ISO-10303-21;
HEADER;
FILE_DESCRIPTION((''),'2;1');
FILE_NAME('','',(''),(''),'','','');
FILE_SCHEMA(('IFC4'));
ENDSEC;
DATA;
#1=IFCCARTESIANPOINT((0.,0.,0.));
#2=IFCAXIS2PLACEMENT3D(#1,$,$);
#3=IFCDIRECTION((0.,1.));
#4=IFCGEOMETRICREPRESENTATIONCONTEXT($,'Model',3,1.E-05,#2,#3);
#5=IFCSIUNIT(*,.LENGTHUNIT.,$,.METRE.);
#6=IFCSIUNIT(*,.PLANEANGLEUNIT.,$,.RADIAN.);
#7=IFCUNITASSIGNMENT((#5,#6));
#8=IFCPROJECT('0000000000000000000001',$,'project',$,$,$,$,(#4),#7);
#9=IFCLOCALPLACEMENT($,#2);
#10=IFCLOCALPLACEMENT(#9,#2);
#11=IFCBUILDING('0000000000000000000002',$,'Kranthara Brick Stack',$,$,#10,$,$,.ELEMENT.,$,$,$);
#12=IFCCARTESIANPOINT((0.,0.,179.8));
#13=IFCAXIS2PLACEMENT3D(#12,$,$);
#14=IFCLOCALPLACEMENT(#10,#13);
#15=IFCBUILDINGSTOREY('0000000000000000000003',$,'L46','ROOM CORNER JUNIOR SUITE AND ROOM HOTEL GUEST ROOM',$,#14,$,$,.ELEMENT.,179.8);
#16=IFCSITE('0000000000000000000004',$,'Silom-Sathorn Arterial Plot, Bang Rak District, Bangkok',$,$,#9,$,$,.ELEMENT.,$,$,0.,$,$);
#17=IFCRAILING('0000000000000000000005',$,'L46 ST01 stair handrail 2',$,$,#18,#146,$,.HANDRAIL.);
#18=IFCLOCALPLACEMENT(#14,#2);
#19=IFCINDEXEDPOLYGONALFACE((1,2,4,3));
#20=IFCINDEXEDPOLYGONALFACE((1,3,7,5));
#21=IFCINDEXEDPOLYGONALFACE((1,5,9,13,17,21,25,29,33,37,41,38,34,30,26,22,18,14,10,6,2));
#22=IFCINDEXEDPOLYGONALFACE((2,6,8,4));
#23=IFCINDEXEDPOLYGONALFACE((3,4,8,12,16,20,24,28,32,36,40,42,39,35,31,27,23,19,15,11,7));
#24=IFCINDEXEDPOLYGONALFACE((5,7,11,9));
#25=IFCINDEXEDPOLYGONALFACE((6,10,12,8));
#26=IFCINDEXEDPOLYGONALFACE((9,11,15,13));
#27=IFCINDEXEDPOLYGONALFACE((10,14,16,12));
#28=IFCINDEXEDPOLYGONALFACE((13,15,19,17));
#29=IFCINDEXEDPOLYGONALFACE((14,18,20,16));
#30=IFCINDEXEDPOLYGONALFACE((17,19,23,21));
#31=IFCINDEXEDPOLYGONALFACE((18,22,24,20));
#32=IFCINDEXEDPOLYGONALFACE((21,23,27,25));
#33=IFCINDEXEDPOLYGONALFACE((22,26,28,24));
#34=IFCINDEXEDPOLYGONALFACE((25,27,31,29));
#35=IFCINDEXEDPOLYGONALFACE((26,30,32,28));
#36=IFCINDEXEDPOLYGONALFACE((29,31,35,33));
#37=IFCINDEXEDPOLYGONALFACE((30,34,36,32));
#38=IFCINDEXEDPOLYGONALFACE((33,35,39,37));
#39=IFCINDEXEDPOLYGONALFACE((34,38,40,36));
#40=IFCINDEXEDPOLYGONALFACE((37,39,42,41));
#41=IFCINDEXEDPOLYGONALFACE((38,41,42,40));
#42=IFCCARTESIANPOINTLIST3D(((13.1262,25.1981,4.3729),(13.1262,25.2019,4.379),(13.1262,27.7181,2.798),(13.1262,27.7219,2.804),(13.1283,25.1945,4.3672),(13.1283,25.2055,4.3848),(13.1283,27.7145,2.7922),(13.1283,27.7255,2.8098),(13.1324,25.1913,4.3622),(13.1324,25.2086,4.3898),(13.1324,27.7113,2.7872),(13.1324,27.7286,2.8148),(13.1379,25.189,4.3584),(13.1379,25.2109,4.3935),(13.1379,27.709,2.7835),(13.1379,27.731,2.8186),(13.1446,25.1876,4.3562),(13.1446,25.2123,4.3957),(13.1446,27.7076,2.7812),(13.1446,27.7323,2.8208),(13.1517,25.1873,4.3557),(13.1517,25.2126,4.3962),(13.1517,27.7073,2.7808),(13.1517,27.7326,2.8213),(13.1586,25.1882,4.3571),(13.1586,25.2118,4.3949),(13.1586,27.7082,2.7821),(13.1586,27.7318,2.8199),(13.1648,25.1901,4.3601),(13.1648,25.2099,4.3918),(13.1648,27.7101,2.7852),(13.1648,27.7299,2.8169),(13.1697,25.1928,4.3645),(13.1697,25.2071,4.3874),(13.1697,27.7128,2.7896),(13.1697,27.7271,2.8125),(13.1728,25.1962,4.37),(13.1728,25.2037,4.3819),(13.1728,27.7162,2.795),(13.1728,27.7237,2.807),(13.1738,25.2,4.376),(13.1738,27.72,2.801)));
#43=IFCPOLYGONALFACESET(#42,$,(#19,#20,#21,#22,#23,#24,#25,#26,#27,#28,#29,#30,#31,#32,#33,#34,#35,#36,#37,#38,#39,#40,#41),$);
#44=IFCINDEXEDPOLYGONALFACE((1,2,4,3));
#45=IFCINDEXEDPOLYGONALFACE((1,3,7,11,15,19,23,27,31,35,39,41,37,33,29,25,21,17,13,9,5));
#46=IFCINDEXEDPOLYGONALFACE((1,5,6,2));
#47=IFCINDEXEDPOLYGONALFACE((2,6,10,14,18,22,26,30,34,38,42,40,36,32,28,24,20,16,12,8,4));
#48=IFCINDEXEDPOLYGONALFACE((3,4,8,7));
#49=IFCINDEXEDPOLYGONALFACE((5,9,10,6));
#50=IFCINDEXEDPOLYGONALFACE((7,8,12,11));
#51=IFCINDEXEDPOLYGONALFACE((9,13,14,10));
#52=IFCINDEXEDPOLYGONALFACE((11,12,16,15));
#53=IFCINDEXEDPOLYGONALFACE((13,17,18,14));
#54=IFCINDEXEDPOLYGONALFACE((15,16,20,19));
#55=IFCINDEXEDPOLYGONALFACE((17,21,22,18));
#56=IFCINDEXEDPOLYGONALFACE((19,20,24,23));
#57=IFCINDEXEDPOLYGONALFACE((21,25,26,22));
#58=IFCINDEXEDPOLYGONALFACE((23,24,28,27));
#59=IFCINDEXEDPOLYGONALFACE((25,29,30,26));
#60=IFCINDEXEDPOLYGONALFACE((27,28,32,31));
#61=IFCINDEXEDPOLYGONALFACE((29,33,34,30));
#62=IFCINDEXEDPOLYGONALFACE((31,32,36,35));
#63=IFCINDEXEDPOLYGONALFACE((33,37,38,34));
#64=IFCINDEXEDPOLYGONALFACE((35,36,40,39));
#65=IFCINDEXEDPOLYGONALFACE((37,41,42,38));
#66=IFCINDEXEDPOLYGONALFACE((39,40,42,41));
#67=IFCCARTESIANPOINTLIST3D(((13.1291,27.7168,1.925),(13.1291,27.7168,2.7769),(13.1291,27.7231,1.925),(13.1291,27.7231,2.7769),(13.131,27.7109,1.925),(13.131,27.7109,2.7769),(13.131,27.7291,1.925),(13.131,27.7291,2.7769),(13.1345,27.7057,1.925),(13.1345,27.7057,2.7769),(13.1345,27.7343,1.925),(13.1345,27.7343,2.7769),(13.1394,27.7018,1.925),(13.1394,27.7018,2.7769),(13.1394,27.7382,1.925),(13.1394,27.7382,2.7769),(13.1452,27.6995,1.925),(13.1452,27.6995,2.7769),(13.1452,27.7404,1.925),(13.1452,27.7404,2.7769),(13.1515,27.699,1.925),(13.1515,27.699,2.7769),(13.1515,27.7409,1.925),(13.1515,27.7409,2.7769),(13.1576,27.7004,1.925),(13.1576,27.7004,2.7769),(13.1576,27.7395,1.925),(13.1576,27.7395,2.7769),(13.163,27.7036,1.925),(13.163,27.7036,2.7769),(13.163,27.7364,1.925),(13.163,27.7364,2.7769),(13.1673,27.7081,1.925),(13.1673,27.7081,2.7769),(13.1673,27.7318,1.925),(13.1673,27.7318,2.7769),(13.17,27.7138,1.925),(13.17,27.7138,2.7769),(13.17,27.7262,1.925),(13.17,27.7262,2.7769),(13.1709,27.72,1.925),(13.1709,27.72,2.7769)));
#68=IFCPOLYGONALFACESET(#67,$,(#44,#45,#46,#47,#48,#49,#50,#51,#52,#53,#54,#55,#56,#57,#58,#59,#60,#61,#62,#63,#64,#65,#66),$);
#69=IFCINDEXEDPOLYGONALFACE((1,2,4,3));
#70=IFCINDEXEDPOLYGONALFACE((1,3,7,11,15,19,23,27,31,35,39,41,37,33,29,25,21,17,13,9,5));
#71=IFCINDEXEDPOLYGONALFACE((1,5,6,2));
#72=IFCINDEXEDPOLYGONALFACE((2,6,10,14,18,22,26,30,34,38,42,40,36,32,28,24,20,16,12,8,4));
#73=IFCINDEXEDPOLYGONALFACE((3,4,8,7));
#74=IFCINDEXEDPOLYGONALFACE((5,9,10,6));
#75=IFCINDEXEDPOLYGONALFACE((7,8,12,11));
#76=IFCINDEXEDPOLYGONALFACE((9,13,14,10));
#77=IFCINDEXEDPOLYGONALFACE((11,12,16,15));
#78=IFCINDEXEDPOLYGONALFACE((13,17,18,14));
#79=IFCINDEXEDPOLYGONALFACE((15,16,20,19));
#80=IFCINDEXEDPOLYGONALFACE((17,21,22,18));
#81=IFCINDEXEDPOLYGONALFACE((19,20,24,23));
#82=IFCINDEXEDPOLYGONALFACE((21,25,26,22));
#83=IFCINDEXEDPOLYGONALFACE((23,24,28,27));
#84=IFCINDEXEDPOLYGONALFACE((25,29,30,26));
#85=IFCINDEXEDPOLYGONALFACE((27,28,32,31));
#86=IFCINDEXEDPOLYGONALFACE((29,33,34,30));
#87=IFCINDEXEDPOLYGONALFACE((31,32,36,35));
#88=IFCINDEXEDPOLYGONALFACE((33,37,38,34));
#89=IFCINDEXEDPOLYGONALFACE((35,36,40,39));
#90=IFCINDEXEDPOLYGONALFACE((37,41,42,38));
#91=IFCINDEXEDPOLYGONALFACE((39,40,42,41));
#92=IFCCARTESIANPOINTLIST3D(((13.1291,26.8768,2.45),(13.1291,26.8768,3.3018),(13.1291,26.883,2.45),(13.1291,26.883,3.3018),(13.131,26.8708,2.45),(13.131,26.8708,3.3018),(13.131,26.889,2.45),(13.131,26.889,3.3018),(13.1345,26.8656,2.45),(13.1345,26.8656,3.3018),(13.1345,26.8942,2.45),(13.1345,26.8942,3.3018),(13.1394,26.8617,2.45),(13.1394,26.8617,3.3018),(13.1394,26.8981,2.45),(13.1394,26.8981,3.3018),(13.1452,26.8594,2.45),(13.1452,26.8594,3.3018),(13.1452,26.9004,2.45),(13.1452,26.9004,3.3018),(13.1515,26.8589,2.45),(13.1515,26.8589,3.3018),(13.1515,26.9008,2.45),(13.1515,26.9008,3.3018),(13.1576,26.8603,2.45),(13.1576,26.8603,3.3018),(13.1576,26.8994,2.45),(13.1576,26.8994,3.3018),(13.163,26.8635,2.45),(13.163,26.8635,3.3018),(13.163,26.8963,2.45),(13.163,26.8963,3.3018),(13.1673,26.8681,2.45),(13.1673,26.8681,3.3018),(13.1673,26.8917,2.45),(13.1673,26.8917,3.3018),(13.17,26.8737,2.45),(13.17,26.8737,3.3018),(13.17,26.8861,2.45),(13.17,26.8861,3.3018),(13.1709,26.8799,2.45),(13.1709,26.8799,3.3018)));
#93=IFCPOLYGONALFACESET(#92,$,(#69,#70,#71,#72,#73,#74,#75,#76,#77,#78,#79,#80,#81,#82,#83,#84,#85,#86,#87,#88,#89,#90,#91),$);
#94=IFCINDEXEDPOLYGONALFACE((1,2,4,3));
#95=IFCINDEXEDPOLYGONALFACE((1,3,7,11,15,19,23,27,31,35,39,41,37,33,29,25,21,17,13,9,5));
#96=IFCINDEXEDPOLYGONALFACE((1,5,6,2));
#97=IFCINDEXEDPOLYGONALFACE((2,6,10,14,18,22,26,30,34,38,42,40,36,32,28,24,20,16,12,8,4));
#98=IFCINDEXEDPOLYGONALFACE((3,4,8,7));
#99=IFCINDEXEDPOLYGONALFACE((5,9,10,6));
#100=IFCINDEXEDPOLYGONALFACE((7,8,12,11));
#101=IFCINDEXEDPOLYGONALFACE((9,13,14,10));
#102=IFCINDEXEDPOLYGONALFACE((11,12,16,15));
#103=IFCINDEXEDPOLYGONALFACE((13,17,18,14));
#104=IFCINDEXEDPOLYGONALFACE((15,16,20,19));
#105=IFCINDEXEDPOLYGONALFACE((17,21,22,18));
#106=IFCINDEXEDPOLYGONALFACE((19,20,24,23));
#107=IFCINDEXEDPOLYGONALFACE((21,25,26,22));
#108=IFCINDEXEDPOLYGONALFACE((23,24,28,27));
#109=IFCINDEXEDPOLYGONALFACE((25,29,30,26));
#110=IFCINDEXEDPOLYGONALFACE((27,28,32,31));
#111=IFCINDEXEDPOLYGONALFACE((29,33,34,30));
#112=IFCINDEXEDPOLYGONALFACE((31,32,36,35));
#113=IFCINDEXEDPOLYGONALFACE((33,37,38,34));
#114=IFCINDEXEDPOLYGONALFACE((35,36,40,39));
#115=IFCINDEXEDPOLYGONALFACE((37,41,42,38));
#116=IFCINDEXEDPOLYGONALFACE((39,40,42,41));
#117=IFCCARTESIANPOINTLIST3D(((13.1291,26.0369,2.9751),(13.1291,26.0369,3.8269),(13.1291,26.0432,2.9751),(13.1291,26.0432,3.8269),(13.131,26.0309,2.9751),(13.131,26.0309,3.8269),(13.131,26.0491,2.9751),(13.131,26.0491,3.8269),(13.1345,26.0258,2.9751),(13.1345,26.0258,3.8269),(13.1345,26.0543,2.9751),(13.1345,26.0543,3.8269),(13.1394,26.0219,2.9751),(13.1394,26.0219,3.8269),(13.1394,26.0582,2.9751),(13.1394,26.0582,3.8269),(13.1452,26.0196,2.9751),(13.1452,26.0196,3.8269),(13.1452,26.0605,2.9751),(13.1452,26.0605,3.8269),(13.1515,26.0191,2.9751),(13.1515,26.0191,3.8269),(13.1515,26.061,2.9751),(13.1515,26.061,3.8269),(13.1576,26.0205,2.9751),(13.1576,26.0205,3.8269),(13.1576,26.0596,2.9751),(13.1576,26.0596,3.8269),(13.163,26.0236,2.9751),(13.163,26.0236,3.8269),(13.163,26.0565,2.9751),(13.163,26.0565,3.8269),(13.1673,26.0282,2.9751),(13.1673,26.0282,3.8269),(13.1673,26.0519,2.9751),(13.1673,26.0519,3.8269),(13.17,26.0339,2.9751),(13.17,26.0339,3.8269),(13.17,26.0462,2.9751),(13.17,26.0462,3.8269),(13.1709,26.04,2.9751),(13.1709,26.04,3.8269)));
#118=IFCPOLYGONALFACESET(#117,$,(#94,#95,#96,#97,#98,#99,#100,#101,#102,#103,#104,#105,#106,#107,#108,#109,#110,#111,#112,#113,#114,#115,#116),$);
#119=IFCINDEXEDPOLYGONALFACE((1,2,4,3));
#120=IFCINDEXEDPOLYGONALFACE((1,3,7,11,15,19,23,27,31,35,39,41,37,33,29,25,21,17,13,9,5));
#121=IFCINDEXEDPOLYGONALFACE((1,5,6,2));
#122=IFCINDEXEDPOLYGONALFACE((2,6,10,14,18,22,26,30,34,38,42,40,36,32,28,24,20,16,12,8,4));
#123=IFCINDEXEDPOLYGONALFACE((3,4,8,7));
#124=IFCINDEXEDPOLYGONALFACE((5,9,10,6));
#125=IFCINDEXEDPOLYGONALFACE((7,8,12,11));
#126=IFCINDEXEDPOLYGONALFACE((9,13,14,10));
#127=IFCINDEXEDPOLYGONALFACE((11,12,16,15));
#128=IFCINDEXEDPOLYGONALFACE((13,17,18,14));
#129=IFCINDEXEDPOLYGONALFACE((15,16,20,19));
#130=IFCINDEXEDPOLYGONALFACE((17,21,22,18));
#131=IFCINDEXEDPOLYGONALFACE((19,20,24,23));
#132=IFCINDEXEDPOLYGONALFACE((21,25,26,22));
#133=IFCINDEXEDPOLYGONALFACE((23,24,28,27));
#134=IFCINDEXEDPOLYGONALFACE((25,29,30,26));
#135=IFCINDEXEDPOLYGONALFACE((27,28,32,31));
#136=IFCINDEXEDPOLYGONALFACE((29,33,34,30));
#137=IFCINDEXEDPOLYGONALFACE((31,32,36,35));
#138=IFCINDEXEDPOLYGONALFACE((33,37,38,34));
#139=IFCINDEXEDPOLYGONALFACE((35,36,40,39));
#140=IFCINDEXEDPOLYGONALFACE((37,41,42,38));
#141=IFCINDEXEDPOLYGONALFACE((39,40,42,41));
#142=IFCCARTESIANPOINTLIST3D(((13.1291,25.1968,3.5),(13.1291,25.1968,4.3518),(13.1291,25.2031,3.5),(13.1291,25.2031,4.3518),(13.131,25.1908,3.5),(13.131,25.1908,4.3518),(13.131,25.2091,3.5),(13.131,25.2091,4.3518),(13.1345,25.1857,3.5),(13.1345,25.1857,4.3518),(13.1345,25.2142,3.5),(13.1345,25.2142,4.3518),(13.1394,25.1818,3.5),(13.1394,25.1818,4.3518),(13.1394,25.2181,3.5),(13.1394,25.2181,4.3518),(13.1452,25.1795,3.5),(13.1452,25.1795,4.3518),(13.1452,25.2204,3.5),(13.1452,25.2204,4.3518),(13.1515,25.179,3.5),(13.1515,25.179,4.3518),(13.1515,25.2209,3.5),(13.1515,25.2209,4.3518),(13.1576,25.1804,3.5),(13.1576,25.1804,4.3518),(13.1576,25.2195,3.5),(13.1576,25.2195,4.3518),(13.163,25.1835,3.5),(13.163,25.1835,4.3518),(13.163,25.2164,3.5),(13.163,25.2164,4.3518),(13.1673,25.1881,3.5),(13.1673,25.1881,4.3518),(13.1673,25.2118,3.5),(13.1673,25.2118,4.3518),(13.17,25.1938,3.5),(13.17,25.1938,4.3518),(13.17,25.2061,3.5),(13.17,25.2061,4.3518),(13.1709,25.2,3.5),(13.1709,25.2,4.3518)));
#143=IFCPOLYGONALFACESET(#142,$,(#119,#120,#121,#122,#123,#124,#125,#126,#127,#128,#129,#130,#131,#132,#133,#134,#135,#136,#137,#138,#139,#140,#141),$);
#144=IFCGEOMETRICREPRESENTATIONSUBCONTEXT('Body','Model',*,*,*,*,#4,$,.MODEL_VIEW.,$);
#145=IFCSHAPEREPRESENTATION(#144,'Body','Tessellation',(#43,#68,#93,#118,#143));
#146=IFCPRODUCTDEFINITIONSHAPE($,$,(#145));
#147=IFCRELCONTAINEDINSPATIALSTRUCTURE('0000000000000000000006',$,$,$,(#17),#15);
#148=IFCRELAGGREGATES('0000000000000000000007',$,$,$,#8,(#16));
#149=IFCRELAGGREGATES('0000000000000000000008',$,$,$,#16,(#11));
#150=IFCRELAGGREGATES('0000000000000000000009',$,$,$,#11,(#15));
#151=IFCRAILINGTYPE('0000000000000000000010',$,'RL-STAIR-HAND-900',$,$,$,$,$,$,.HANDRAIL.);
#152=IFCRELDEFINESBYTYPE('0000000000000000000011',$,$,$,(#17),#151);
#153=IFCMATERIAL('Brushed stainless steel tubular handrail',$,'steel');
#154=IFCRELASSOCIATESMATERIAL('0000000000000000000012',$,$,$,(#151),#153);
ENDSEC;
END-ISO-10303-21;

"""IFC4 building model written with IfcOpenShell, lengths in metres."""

from ifc_helpers import new_model, si_unit, direction, frame, origin, origin_2d, place, context, subcontext, project, spatial, circle, extrude, material, type_object, element, save


model = new_model("IFC4")

# Units and contexts
model_context = context("Model", 3, precision=1e-05, world=origin(), true_north=direction((0.0, 1.0)))
body_context = subcontext(model_context, "Body", "Model", "MODEL_VIEW")
ifc_project = project(units=[si_unit("LENGTHUNIT", "METRE"), si_unit("PLANEANGLEUNIT", "RADIAN")], contexts=[model_context])

# Site, building, storey
site_placement = place(None, origin())
site = spatial("IfcSite", under=ifc_project, at=site_placement, Name="Silom-Sathorn Arterial Plot, Bang Rak District, Bangkok", CompositionType="ELEMENT", RefElevation=0.0)
building_placement = place(site_placement, origin())
building = spatial("IfcBuilding", under=site, at=building_placement, Name="Kranthara Brick Stack", CompositionType="ELEMENT")
storey_placement = place(building_placement, frame((0.0, 0.0, 179.8)))
storey = spatial("IfcBuildingStorey", under=building, at=storey_placement, Name="L46", Description="ROOM CORNER JUNIOR SUITE AND ROOM HOTEL GUEST ROOM", CompositionType="ELEMENT", Elevation=179.8)

# Railing
ifc_material_1 = material(Name="Brushed stainless steel tubular handrail", Category="steel")
railing_type_1 = type_object("IfcRailingType", Name="RL-STAIR-HAND-900", PredefinedType="HANDRAIL", material=ifc_material_1)
railing_1_placement = place(storey_placement, frame((13.1499, 27.72, 1.925)))
element("IfcRailing", 1, at=railing_1_placement, inside=storey, type_object=railing_type_1, Name="L46 ST01 stair handrail 2", PredefinedType="HANDRAIL", context=body_context, shape_type="SweptSolid", body=[
    extrude(circle(Radius=0.0239, at=origin_2d()), frame((0.0, 0.0, 0.876), z_axis=(0.0, -0.848008, 0.529984), x_axis=(1.0, 0.0, 0.0)), (0.0, 0.0, 1.0), 2.9717),
    extrude(circle(Radius=0.021, at=origin_2d()), origin(), (0.0, 0.0, 1.0), 0.8518),
    extrude(circle(Radius=0.021, at=origin_2d()), frame((0.0, -0.8401, 0.5249)), (0.0, 0.0, 1.0), 0.8518),
    extrude(circle(Radius=0.021, at=origin_2d()), frame((0.0, -1.6799, 1.05)), (0.0, 0.0, 1.0), 0.8518),
    extrude(circle(Radius=0.021, at=origin_2d()), frame((0.0, -2.52, 1.575)), (0.0, 0.0, 1.0), 0.8518),
])

save(model, "model.ifc")
